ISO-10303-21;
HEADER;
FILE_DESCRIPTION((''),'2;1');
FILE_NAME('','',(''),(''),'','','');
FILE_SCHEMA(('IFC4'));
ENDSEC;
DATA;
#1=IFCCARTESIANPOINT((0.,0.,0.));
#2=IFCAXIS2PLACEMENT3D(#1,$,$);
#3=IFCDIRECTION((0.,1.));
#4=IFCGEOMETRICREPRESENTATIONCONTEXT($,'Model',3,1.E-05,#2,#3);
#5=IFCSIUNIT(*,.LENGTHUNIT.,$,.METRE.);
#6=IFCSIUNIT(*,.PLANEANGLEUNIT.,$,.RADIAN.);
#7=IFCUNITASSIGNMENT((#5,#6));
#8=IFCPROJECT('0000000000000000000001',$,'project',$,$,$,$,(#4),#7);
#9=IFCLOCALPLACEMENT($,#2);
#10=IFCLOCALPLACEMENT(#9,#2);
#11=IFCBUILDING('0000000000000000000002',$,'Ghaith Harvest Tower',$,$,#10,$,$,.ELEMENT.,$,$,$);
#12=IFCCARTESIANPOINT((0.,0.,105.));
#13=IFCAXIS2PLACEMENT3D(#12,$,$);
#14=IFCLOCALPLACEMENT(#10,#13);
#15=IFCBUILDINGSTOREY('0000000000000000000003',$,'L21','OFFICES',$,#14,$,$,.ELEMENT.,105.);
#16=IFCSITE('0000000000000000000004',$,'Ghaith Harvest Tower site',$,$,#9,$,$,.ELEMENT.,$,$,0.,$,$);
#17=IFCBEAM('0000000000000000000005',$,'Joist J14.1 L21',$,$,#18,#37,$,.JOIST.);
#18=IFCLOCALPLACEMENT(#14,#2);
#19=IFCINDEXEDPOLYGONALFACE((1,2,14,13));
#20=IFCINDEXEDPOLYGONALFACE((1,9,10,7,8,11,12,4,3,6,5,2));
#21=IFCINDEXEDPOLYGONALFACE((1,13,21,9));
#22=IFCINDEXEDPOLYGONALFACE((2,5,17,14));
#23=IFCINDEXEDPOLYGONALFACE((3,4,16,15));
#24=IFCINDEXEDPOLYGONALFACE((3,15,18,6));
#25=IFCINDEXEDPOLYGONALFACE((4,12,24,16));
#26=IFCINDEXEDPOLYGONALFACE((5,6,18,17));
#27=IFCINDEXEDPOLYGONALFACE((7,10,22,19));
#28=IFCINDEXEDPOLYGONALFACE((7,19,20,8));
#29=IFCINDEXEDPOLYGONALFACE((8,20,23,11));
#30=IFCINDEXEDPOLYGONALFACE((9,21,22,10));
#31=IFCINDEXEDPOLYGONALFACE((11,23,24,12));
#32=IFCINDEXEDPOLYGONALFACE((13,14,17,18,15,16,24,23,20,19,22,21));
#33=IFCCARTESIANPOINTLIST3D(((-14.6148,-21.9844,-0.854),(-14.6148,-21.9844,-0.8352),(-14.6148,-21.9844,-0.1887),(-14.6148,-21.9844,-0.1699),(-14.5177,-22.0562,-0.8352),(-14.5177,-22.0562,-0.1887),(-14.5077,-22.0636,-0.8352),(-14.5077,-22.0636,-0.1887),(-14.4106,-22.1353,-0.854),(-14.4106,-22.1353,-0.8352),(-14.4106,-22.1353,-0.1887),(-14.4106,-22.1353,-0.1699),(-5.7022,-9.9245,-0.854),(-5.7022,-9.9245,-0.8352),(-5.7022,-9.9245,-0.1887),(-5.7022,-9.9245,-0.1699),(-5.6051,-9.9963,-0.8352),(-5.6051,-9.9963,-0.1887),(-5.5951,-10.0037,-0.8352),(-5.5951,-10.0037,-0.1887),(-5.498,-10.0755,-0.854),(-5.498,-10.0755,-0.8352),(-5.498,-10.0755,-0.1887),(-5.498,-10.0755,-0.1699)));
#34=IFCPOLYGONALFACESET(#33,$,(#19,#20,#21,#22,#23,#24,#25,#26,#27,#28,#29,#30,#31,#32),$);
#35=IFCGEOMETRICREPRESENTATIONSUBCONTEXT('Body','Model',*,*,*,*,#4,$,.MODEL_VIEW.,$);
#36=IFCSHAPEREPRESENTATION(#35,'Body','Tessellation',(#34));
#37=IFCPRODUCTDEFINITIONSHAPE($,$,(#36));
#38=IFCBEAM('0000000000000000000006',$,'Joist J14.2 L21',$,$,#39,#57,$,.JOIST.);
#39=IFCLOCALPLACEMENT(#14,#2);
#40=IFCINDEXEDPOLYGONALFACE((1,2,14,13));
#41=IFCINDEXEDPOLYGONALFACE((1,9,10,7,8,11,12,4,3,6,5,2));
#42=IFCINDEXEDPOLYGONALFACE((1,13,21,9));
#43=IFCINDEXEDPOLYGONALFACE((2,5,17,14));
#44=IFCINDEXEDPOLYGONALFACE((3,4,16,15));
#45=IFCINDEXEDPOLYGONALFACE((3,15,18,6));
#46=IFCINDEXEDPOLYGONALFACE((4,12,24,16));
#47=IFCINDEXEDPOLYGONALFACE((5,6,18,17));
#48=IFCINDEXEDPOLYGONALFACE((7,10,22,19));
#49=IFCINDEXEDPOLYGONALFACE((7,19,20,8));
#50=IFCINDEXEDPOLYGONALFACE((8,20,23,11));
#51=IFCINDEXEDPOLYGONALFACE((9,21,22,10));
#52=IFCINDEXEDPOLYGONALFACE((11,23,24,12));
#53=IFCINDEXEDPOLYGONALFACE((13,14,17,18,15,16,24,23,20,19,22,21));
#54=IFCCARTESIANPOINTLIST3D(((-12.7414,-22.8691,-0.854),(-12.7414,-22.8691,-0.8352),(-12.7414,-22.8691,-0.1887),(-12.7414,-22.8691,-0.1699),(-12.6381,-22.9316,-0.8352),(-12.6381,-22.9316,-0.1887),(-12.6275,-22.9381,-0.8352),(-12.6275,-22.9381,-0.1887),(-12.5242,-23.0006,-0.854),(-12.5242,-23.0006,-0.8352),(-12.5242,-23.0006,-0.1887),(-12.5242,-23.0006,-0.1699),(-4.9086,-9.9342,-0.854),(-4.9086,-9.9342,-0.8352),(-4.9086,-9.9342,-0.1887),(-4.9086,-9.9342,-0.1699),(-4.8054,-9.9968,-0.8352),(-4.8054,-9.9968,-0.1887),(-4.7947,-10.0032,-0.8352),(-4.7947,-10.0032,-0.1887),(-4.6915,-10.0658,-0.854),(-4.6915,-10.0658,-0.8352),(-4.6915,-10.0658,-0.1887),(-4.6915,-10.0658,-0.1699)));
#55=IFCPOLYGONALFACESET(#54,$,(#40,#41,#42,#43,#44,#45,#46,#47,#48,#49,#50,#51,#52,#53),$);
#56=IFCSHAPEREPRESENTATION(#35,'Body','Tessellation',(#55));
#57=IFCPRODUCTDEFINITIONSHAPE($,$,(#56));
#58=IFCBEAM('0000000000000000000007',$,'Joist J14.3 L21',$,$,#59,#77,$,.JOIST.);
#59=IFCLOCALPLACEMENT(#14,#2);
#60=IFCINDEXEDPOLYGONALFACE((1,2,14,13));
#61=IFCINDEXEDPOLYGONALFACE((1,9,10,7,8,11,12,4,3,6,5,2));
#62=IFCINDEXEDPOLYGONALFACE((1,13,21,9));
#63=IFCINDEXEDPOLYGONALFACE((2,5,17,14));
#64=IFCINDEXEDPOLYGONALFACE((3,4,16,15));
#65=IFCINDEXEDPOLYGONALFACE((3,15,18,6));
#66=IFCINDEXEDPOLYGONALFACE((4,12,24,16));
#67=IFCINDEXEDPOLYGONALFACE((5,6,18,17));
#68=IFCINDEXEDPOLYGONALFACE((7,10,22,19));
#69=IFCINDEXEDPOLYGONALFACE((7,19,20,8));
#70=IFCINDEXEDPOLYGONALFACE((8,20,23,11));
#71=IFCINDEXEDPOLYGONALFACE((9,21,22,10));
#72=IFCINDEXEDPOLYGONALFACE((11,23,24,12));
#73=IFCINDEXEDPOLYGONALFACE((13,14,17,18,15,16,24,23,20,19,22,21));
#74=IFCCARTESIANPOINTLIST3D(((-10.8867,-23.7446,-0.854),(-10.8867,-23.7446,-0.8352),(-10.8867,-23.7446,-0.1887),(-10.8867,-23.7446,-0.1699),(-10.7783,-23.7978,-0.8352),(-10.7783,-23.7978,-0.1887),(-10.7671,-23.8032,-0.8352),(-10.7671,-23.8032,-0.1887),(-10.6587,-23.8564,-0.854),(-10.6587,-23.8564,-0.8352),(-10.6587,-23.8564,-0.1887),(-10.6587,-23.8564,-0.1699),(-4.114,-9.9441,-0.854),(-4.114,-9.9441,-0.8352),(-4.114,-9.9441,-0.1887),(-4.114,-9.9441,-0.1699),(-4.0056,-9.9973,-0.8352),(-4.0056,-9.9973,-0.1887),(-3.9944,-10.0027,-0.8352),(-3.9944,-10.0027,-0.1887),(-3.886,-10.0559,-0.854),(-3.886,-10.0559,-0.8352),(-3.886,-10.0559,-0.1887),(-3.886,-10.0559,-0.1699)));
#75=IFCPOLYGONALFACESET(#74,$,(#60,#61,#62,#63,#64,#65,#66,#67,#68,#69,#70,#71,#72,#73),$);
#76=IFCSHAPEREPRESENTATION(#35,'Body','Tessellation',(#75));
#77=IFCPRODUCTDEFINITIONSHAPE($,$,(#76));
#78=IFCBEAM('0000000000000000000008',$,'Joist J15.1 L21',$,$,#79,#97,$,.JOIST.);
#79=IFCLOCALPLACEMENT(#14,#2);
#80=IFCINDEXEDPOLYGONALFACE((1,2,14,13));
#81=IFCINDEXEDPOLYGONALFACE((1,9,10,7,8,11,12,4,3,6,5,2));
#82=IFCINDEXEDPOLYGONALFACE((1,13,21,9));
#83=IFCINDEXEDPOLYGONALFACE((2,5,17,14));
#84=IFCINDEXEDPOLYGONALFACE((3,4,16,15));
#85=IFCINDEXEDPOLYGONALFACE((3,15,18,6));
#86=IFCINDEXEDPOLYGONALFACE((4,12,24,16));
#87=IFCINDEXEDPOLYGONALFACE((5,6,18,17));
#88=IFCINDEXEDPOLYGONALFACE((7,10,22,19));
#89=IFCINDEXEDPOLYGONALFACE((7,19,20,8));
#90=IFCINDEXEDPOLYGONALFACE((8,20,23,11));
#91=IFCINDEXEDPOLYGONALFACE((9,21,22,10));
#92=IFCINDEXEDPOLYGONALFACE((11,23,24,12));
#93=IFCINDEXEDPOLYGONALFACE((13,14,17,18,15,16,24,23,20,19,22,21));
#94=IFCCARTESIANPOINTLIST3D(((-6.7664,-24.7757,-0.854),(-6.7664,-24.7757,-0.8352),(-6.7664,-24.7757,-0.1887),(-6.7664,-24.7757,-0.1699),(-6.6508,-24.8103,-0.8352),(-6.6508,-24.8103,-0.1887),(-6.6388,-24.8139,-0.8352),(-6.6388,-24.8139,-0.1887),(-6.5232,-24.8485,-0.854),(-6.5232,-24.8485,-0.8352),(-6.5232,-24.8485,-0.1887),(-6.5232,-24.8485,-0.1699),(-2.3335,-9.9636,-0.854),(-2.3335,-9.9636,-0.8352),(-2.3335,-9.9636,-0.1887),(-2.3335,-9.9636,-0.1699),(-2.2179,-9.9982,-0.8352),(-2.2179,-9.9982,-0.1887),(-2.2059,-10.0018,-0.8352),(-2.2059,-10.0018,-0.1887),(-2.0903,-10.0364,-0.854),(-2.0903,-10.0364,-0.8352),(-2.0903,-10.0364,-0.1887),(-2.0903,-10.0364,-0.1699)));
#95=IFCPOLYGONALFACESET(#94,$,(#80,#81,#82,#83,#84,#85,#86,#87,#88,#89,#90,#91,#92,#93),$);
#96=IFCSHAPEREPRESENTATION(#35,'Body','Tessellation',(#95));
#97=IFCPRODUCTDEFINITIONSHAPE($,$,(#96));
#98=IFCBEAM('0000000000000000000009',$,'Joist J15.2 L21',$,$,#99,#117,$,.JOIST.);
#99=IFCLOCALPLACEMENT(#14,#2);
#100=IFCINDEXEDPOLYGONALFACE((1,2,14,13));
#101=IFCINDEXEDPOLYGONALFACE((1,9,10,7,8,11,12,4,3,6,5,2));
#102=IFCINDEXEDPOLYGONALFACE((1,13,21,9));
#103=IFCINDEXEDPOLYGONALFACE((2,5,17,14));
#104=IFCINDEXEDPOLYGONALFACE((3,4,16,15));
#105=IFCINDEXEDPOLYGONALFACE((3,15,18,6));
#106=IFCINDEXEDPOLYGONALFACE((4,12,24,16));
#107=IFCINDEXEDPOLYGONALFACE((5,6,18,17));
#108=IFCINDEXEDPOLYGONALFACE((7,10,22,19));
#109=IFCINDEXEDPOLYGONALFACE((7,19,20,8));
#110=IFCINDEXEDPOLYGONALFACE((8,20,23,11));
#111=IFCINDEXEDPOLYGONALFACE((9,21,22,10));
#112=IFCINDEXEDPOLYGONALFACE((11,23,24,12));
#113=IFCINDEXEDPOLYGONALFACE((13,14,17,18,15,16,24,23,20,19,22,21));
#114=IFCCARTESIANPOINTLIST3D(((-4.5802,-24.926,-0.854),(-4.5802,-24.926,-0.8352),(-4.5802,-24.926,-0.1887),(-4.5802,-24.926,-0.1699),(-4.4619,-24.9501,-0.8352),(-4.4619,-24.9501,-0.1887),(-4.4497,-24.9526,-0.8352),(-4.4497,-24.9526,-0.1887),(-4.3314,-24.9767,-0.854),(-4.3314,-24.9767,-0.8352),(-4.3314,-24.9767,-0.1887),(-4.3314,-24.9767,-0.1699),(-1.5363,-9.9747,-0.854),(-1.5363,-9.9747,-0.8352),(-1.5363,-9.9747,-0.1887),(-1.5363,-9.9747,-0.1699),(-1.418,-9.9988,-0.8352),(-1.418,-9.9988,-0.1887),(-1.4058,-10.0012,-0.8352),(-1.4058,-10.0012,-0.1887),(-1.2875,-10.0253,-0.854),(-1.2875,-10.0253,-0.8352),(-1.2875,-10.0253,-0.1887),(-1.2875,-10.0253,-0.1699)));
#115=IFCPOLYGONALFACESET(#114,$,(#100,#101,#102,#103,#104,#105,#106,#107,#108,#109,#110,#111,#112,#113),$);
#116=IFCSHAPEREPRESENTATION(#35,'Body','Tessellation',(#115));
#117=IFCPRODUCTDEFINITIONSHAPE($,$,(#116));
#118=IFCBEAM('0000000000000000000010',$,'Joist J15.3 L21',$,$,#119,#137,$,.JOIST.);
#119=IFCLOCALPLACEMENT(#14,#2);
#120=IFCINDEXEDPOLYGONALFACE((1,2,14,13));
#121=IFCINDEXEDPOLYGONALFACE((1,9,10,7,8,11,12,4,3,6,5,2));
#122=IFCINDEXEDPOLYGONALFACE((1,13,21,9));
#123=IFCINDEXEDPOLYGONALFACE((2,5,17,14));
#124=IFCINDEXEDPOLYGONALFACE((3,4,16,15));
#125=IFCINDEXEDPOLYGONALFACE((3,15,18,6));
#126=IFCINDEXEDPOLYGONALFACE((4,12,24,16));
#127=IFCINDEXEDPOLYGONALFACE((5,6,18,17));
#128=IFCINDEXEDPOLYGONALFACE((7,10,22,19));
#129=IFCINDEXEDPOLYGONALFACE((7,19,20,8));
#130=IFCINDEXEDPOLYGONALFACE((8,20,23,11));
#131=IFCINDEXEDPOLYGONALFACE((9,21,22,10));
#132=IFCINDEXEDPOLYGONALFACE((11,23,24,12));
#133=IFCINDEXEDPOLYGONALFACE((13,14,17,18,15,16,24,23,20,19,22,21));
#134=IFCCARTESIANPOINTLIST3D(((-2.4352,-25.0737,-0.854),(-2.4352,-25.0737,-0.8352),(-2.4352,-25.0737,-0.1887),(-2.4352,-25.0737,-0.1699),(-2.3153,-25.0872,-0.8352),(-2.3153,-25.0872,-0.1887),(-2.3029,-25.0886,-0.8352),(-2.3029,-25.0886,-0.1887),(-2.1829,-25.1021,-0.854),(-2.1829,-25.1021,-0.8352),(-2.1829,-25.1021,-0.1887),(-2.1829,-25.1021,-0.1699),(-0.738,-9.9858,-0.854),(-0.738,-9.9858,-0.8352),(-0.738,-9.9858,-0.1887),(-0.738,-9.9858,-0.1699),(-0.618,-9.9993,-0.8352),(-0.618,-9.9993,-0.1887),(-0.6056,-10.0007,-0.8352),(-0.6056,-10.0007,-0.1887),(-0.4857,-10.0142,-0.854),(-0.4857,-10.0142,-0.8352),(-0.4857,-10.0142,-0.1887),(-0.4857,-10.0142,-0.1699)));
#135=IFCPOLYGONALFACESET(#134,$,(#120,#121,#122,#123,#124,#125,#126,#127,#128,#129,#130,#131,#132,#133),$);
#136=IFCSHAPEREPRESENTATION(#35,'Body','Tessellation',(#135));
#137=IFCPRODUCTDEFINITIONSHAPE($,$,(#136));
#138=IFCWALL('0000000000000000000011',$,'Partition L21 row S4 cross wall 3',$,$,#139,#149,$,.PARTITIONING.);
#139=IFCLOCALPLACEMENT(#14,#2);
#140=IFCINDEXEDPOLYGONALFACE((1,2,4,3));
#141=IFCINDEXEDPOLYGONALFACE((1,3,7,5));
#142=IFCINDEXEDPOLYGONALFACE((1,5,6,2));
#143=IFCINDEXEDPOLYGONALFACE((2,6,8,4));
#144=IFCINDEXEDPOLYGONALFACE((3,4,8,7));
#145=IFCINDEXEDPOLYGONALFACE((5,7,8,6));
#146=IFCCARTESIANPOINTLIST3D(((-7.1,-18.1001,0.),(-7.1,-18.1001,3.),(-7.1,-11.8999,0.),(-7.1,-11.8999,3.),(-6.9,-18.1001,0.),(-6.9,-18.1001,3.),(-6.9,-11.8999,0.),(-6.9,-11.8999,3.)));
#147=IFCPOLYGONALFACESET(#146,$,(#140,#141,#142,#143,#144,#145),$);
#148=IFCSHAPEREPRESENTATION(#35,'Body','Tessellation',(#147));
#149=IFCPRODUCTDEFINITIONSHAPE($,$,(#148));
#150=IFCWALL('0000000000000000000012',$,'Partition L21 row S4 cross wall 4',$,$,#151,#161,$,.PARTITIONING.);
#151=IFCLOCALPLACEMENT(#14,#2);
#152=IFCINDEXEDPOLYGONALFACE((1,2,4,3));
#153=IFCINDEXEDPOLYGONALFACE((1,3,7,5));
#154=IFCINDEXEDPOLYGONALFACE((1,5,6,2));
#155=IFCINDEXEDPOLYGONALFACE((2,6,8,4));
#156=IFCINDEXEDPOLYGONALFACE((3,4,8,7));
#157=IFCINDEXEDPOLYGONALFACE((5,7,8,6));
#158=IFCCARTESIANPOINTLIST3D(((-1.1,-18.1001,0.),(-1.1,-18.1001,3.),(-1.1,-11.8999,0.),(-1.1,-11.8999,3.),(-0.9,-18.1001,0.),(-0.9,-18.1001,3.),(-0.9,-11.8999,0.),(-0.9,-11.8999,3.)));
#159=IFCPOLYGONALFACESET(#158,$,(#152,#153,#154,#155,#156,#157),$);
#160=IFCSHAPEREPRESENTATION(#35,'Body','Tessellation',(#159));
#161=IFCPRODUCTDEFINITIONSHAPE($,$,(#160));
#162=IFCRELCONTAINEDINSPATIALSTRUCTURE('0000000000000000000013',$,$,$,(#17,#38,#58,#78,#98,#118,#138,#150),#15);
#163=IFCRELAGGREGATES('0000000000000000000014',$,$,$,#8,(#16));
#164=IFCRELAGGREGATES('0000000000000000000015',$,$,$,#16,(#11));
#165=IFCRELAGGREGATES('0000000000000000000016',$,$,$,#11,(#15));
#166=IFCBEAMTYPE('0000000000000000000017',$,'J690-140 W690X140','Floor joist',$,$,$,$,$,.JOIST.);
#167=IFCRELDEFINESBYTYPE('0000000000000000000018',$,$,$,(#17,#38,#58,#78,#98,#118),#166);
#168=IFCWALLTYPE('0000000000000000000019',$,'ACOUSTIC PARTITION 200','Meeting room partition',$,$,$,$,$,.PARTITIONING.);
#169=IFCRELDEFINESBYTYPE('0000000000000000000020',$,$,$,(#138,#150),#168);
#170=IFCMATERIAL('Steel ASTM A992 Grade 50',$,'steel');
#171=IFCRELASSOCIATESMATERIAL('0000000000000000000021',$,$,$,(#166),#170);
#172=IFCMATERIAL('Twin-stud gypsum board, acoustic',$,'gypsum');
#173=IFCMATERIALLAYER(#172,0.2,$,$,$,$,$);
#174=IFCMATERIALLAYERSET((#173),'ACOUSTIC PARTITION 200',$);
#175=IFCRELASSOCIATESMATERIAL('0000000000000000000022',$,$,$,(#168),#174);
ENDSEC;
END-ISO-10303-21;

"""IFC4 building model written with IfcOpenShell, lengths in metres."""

from ifc_helpers import new_model, si_unit, direction, frame, frame_2d, origin, origin_2d, place, context, subcontext, project, spatial, rectangle, i_section, extrude, material, layer, layer_set, material_profile, profile_set, type_object, element, save


model = new_model("IFC4")

# Units and contexts
model_context = context("Model", 3, precision=1e-05, world=origin(), true_north=direction((0.0, 1.0)))
body_context = subcontext(model_context, "Body", "Model", "MODEL_VIEW")
ifc_project = project(units=[si_unit("LENGTHUNIT", "METRE"), si_unit("PLANEANGLEUNIT", "RADIAN")], contexts=[model_context])

# Site, building, storey
site_placement = place(None, origin())
site = spatial("IfcSite", under=ifc_project, at=site_placement, Name="Ghaith Harvest Tower site", CompositionType="ELEMENT", RefElevation=0.0)
building_placement = place(site_placement, origin())
building = spatial("IfcBuilding", under=site, at=building_placement, Name="Ghaith Harvest Tower", CompositionType="ELEMENT")
storey_placement = place(building_placement, frame((0.0, 0.0, 105.0)))
storey = spatial("IfcBuildingStorey", under=building, at=storey_placement, Name="L21", Description="OFFICES", CompositionType="ELEMENT", Elevation=105.0)

# Beams
ifc_material_1 = material(Name="Steel ASTM A992 Grade 50", Category="steel")
ifc_material_profile = material_profile(ifc_material_1, i_section(OverallWidth=0.2539, OverallDepth=0.6841, WebThickness=0.0125, FlangeThickness=0.0188, at=origin_2d()), Name="W690X140")
ifc_profile_set = profile_set([ifc_material_profile], Name="Steel ASTM A992 Grade 50")
beam_type = type_object("IfcBeamType", Name="J690-140 W690X140", Description="Floor joist", PredefinedType="JOIST", material=ifc_profile_set)
beam_1_placement = place(storey_placement, frame((-5.6001, -10.0, -0.512), z_axis=(-0.59434, -0.804214, 0.0), x_axis=(0.804214, -0.59434, 0.0)))
element("IfcBeam", 1, at=beam_1_placement, inside=storey, type_object=beam_type, Name="Joist J14.1 L21", PredefinedType="JOIST", context=body_context, shape_type="SweptSolid", body=[
    extrude(i_section(OverallWidth=0.2539, OverallDepth=0.6841, WebThickness=0.0125, FlangeThickness=0.0188, at=origin_2d()), origin(), (0.0, 0.0, 1.0), 14.9958),
])
beam_2_placement = place(storey_placement, frame((-4.8, -10.0, -0.512), z_axis=(-0.517986, -0.855389, 0.0), x_axis=(0.855389, -0.517986, 0.0)))
element("IfcBeam", 2, at=beam_2_placement, inside=storey, type_object=beam_type, Name="Joist J14.2 L21", PredefinedType="JOIST", context=body_context, shape_type="SweptSolid", body=[
    extrude(i_section(OverallWidth=0.2539, OverallDepth=0.6841, WebThickness=0.0125, FlangeThickness=0.0188, at=origin_2d()), origin(), (0.0, 0.0, 1.0), 15.1216),
])
beam_3_placement = place(storey_placement, frame((-4.0, -10.0, -0.512), z_axis=(-0.440563, -0.897722, 0.0), x_axis=(0.897722, -0.440563, 0.0)))
element("IfcBeam", 3, at=beam_3_placement, inside=storey, type_object=beam_type, Name="Joist J14.3 L21", PredefinedType="JOIST", context=body_context, shape_type="SweptSolid", body=[
    extrude(i_section(OverallWidth=0.2539, OverallDepth=0.6841, WebThickness=0.0125, FlangeThickness=0.0188, at=origin_2d()), origin(), (0.0, 0.0, 1.0), 15.3728),
])
beam_4_placement = place(storey_placement, frame((-2.2119, -10.0, -0.512), z_axis=(-0.28671, -0.958017, 0.0), x_axis=(0.958017, -0.28671, 0.0)))
element("IfcBeam", 4, at=beam_4_placement, inside=storey, type_object=beam_type, Name="Joist J15.1 L21", PredefinedType="JOIST", context=body_context, shape_type="SweptSolid", body=[
    extrude(i_section(OverallWidth=0.2539, OverallDepth=0.6841, WebThickness=0.0125, FlangeThickness=0.0188, at=origin_2d()), origin(), (0.0, 0.0, 1.0), 15.4612),
])
beam_5_placement = place(storey_placement, frame((-1.4119, -10.0, -0.512), z_axis=(-0.199497, -0.979899, 0.0), x_axis=(0.979899, -0.199497, 0.0)))
element("IfcBeam", 5, at=beam_5_placement, inside=storey, type_object=beam_type, Name="Joist J15.2 L21", PredefinedType="JOIST", context=body_context, shape_type="SweptSolid", body=[
    extrude(i_section(OverallWidth=0.2539, OverallDepth=0.6841, WebThickness=0.0125, FlangeThickness=0.0188, at=origin_2d()), origin(), (0.0, 0.0, 1.0), 15.2581),
])
beam_6_placement = place(storey_placement, frame((-0.6118, -10.0, -0.512), z_axis=(-0.111787, -0.993732, 0.0), x_axis=(0.993732, -0.111787, 0.0)))
element("IfcBeam", 6, at=beam_6_placement, inside=storey, type_object=beam_type, Name="Joist J15.3 L21", PredefinedType="JOIST", context=body_context, shape_type="SweptSolid", body=[
    extrude(i_section(OverallWidth=0.2539, OverallDepth=0.6841, WebThickness=0.0125, FlangeThickness=0.0188, at=origin_2d()), origin(), (0.0, 0.0, 1.0), 15.1831),
])

# Walls
ifc_material_2 = material(Name="Twin-stud gypsum board, acoustic", Category="gypsum")
ifc_layer_1 = layer(ifc_material_2, 0.2)
ifc_layer_set_1 = layer_set([ifc_layer_1], Name="ACOUSTIC PARTITION 200")
wall_type_1 = type_object("IfcWallType", Name="ACOUSTIC PARTITION 200", Description="Meeting room partition", PredefinedType="PARTITIONING", material=ifc_layer_set_1)
for number, where, z_axis, x_axis, name in (
    (7, (-7.0, -11.8999, 0.0), (0.0, 0.0, 1.0), (0.0, -1.0, 0.0), "Partition L21 row S4 cross wall 3"),
    (8, (-1.0, -11.8999, 0.0), (0.0, 0.0, 1.0), (0.0, -1.0, 0.0), "Partition L21 row S4 cross wall 4"),
):
    element("IfcWall", number, at=place(storey_placement, frame(where, z_axis=z_axis, x_axis=x_axis)), inside=storey, type_object=wall_type_1, Name=name, PredefinedType="PARTITIONING", context=body_context, shape_type="SweptSolid", body=[
        extrude(rectangle(XDim=6.2002, YDim=0.2, at=frame_2d((3.1001, 0.0))), origin(), (0.0, 0.0, 1.0), 3.0),
    ])

save(model, "model.ifc")
